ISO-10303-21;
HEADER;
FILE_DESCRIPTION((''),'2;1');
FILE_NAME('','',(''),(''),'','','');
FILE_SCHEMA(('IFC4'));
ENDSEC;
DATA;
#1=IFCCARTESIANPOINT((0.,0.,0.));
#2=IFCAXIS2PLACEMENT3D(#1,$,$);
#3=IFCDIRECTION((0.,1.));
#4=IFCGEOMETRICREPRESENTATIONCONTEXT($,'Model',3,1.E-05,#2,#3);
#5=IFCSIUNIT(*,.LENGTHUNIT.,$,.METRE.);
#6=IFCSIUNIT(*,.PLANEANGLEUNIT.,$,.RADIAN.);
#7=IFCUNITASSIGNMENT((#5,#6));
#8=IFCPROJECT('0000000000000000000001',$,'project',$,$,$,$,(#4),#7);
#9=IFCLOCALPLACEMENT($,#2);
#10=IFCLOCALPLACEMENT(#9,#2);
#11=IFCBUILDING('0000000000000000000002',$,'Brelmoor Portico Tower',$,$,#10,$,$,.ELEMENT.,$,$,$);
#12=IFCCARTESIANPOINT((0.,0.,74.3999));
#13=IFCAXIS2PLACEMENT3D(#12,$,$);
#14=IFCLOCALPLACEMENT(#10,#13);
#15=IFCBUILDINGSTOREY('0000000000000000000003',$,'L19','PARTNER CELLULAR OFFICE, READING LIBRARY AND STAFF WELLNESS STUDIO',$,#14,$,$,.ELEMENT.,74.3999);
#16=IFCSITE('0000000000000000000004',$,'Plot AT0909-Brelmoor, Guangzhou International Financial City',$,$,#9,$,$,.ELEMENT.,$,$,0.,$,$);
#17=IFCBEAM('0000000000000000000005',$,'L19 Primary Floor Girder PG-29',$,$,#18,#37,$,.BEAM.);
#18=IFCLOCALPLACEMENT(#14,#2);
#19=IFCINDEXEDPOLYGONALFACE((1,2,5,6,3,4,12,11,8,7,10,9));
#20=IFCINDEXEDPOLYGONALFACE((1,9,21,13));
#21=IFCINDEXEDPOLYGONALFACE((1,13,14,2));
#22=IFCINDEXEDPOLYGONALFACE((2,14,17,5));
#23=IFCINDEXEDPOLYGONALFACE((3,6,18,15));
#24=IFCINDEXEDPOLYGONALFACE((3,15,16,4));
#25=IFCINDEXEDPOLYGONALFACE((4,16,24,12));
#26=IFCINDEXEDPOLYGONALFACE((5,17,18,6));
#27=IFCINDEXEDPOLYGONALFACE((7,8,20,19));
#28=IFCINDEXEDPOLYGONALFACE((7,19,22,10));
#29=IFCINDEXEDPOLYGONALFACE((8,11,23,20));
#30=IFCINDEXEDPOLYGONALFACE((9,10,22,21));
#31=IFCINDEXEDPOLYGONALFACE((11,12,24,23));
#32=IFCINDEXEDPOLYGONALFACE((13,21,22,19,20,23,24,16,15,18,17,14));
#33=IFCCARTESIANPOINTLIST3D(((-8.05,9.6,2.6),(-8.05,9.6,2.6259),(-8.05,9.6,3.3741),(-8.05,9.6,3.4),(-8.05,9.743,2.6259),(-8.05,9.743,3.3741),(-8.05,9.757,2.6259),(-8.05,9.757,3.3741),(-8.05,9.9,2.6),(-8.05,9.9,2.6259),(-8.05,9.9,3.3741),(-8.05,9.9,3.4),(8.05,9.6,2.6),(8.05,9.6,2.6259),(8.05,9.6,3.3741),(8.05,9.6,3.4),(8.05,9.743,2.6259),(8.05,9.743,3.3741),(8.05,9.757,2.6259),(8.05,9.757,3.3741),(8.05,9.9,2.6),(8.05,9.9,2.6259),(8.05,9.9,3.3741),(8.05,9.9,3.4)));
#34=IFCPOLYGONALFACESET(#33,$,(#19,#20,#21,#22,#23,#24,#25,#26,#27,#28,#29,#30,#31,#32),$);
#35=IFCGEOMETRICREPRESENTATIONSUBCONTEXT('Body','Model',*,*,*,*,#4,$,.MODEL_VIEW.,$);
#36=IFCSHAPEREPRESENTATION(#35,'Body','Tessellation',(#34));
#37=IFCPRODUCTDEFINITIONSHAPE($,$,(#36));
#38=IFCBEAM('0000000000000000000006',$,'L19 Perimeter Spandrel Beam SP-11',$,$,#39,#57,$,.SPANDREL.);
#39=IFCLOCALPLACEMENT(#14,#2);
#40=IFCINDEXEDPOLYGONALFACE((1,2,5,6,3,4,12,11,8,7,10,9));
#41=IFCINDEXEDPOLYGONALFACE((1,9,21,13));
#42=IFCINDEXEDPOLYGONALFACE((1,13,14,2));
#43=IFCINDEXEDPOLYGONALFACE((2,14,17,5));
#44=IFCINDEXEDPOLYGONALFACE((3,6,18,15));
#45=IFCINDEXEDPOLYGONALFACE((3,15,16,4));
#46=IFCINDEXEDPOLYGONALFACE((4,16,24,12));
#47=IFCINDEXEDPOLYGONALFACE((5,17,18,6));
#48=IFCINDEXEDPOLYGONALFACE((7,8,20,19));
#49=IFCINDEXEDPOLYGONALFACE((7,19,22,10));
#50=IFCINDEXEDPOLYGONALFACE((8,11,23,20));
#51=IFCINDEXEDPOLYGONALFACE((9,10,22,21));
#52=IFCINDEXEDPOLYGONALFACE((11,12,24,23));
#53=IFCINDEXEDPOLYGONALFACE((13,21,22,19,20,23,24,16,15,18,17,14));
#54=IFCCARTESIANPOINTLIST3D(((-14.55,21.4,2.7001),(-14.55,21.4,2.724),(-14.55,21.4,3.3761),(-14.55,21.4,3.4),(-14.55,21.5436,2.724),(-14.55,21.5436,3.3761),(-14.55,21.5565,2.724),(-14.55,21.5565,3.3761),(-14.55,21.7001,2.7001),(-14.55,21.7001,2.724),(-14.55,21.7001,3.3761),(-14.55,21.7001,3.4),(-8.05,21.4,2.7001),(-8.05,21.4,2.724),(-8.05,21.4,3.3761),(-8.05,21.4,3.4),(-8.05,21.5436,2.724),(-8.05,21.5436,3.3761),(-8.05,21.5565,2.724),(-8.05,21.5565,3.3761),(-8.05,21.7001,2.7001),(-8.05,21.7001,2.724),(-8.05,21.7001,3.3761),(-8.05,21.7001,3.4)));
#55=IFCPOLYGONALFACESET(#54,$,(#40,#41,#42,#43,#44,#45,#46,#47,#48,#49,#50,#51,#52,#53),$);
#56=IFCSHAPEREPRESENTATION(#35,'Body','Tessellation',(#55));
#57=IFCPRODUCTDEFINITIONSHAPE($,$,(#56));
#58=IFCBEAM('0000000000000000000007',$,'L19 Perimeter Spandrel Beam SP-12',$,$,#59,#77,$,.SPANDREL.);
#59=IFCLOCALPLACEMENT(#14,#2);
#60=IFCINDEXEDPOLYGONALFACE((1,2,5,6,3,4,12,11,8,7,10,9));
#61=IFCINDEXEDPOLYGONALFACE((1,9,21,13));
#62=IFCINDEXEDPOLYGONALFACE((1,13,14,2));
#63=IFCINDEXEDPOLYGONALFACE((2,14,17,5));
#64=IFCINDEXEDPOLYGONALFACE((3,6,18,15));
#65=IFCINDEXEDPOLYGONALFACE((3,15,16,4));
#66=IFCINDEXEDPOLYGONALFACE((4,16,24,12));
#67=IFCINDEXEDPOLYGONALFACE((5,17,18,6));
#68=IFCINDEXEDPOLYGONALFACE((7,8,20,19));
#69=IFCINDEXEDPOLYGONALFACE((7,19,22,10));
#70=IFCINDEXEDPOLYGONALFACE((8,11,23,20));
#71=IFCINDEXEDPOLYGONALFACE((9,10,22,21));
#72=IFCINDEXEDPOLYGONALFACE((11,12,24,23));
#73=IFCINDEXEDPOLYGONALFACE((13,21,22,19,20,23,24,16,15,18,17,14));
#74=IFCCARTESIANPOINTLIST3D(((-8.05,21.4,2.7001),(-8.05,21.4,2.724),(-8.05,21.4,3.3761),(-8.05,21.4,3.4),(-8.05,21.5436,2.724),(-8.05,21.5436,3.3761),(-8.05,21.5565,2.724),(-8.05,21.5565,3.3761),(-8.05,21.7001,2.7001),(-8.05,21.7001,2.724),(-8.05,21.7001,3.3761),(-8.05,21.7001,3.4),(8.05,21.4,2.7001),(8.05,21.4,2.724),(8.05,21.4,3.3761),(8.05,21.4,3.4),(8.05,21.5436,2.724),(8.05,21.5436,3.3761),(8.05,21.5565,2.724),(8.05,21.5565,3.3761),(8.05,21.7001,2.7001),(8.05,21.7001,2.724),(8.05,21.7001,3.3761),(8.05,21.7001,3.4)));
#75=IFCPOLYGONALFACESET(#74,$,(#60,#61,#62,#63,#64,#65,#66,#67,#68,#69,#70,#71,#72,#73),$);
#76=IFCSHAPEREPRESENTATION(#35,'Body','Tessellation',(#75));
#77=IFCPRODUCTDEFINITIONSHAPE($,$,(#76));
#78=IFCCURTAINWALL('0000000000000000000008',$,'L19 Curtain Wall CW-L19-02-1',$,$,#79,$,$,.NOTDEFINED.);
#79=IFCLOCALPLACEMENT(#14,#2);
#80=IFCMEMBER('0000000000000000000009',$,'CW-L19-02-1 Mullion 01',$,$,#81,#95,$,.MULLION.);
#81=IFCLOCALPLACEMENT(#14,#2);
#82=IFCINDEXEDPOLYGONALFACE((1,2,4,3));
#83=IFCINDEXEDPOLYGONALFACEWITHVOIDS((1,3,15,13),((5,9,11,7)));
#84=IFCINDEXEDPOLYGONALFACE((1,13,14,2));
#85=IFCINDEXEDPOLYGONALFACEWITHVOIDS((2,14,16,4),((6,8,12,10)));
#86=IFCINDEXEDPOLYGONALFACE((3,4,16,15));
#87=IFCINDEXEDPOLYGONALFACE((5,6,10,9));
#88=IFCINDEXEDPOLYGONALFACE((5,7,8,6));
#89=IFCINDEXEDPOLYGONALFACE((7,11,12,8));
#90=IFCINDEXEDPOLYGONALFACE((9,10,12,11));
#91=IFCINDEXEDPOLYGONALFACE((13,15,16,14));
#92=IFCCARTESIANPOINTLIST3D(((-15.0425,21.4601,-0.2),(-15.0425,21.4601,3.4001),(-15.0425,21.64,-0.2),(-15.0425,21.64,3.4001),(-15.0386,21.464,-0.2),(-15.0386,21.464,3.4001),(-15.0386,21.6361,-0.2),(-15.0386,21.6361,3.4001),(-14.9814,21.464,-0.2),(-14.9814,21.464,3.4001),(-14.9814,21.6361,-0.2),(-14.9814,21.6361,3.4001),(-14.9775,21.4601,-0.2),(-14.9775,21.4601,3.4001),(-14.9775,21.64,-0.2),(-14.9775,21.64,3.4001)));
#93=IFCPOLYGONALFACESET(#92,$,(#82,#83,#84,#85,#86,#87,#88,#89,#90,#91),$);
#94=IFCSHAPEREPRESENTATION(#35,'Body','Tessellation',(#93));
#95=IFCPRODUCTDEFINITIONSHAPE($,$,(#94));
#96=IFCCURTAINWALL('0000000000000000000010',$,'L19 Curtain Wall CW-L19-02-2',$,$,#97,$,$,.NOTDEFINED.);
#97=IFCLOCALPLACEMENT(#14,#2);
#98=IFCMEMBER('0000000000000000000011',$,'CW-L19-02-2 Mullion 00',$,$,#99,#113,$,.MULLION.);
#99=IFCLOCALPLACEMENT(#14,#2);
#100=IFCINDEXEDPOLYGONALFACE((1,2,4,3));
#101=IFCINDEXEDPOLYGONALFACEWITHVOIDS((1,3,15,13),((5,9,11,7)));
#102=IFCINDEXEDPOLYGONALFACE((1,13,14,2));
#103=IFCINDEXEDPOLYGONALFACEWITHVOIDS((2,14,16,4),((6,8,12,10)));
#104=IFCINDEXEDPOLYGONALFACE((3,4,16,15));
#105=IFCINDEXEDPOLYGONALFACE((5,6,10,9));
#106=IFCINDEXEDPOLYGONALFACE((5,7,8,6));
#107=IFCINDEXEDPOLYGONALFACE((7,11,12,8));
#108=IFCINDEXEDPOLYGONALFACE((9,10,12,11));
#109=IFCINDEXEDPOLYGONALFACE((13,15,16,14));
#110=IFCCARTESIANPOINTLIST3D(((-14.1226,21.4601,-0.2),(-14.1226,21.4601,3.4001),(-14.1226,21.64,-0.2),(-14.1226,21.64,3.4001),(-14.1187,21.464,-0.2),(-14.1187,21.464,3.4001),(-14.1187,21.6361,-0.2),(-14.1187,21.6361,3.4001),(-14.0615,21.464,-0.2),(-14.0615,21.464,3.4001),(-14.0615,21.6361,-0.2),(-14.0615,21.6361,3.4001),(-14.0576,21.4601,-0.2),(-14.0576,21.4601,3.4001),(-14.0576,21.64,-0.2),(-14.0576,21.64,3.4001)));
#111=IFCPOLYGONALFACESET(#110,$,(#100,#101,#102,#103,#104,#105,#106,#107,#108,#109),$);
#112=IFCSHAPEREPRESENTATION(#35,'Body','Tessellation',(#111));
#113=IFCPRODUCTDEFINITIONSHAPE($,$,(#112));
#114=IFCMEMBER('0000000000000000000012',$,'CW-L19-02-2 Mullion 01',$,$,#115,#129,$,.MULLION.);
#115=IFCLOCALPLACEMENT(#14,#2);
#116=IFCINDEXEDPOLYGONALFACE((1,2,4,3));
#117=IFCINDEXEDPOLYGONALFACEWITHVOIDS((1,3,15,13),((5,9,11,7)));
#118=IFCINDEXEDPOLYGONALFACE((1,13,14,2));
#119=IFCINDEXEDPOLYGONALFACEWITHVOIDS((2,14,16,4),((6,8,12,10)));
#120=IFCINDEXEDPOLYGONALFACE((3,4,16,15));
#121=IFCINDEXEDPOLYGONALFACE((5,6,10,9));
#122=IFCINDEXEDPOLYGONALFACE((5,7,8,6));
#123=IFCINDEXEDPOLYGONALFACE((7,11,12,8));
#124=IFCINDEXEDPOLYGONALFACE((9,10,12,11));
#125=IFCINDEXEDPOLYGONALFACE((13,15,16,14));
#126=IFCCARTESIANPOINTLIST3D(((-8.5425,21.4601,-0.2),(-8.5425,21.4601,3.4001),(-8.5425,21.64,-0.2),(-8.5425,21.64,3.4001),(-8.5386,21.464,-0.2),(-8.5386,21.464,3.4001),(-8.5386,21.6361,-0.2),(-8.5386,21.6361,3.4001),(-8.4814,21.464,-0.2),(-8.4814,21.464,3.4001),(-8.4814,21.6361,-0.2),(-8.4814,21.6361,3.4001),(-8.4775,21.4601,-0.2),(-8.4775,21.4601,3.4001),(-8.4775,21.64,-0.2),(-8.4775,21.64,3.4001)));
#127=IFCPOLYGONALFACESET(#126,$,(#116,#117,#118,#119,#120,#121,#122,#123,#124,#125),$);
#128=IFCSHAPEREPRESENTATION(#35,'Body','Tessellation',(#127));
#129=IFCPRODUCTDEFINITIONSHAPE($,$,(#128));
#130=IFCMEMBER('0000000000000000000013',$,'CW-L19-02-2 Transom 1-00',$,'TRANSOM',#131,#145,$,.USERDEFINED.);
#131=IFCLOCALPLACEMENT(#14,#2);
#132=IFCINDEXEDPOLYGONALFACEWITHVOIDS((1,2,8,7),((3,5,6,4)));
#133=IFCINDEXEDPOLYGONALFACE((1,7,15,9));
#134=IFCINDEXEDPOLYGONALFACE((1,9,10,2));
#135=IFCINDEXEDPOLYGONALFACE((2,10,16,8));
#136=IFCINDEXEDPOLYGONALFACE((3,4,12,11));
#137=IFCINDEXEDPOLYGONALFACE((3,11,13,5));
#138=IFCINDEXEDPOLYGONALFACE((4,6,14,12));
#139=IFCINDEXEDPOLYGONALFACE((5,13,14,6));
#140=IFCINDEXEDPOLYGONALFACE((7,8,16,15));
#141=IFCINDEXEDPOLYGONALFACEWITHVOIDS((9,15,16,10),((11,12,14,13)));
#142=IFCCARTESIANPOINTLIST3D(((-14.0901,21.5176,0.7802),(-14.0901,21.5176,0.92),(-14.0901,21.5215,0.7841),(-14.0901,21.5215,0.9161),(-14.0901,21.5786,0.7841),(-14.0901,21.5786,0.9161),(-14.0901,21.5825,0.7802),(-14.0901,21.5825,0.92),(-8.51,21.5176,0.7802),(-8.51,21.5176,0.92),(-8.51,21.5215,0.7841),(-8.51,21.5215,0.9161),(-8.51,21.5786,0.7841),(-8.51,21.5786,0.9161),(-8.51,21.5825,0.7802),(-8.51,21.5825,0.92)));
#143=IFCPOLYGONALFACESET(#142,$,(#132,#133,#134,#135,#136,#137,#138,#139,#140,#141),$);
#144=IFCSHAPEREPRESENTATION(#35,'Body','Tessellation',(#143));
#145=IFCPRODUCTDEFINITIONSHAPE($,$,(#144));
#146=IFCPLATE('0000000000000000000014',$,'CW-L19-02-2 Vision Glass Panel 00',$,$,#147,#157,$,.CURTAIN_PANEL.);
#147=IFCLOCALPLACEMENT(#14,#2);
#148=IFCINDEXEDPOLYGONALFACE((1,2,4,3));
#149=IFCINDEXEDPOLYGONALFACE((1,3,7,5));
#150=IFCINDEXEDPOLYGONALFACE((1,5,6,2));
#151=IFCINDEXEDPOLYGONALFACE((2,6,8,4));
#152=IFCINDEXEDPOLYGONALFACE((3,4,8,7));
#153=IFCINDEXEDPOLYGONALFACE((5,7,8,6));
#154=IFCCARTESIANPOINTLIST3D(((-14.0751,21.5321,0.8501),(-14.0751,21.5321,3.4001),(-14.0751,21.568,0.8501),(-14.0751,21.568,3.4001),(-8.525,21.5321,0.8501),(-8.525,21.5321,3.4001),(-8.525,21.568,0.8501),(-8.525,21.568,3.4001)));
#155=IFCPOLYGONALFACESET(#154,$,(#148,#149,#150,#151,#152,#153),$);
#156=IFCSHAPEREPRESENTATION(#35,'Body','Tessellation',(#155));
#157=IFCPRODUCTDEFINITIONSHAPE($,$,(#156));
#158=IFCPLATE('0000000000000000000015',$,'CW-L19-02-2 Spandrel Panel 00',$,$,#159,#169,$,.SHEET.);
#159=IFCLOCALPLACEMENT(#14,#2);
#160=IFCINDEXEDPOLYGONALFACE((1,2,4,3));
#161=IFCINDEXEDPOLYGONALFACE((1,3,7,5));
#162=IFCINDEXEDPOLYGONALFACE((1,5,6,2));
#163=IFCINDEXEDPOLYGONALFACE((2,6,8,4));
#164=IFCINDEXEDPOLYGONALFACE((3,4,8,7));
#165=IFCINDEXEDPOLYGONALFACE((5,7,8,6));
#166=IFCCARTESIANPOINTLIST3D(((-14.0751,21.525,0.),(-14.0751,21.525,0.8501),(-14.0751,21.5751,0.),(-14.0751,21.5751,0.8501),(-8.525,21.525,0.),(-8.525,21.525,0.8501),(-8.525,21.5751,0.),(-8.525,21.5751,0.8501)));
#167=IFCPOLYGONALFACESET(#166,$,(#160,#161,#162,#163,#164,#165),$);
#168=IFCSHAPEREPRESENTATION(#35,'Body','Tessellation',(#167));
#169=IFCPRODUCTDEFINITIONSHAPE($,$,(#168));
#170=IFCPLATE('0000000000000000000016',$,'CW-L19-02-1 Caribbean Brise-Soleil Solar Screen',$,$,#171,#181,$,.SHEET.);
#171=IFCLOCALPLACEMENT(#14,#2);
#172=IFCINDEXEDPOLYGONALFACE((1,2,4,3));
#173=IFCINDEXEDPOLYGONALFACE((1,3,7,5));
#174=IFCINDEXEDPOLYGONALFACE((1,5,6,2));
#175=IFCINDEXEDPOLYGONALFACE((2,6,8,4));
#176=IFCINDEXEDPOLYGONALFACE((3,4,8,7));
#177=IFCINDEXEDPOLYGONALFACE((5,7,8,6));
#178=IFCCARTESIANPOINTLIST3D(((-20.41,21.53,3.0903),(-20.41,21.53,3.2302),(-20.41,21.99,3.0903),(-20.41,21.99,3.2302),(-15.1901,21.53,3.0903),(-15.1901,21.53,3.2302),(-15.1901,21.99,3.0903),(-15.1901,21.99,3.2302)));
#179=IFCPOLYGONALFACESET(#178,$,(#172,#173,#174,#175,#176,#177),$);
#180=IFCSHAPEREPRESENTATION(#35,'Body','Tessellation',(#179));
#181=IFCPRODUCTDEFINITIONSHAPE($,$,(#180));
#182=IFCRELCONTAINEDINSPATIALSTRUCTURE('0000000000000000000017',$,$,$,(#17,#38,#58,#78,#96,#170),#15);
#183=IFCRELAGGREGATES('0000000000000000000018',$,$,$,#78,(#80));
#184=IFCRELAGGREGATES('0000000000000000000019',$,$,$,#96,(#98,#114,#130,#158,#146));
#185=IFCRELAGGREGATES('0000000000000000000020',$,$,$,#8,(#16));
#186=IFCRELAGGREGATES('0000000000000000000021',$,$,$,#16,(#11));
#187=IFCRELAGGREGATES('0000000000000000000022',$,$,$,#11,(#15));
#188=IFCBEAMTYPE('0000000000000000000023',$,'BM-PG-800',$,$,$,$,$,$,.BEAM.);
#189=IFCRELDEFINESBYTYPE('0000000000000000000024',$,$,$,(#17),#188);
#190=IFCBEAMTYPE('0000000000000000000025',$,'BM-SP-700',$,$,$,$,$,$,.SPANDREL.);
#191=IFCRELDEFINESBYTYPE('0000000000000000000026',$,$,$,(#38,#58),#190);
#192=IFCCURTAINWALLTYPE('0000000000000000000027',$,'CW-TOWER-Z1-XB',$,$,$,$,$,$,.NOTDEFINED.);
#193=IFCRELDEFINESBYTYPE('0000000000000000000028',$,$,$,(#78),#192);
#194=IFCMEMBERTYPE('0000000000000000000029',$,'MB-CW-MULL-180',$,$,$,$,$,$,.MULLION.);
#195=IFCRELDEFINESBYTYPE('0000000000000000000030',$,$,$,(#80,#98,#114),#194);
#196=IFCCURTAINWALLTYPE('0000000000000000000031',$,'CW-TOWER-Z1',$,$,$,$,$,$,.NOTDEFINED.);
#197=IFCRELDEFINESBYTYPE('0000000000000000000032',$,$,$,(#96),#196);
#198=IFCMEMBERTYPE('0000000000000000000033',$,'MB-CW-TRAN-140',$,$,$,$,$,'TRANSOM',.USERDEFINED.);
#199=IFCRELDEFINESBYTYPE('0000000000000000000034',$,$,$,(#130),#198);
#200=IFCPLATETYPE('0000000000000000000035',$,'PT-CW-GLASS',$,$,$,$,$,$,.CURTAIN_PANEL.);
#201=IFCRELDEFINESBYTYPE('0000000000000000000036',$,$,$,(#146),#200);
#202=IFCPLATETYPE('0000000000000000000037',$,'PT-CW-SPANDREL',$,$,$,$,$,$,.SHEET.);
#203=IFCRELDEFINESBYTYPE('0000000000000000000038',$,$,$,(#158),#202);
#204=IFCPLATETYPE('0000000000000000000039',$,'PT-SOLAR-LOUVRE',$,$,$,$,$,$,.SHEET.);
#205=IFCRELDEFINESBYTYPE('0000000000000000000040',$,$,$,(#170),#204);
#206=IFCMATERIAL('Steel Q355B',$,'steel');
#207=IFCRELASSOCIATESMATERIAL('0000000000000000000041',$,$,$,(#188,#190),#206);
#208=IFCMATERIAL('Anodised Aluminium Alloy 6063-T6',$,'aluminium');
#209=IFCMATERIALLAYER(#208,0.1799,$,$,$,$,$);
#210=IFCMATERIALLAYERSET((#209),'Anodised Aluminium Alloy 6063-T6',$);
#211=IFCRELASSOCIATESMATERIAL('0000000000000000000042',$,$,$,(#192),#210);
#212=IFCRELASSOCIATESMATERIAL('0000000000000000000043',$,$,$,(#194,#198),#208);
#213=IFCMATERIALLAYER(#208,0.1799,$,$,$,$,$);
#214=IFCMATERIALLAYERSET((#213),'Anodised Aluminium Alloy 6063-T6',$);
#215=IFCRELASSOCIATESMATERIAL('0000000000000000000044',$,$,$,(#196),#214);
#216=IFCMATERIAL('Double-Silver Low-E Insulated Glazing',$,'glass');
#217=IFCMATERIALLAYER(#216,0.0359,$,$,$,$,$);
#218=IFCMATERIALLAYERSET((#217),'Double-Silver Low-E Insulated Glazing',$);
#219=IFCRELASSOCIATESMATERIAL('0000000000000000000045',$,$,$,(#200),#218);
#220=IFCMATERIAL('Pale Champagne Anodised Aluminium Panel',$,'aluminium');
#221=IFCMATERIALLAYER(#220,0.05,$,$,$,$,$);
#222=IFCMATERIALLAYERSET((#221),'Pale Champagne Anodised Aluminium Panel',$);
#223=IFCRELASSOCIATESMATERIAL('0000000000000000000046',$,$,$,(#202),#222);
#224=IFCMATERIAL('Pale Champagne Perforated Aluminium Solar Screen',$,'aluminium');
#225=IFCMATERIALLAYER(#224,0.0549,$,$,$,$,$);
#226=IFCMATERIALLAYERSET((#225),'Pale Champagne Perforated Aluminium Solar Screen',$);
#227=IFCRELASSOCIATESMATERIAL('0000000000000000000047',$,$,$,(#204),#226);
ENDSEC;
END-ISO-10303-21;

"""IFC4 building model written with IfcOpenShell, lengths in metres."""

from ifc_helpers import new_model, si_unit, direction, frame, origin, origin_2d, place, context, subcontext, project, spatial, rectangle, hollow_rectangle, i_section, extrude, material, layer, layer_set, material_profile, profile_set, type_object, element, aggregate, save


model = new_model("IFC4")

# Units and contexts
model_context = context("Model", 3, precision=1e-05, world=origin(), true_north=direction((0.0, 1.0)))
body_context = subcontext(model_context, "Body", "Model", "MODEL_VIEW")
ifc_project = project(units=[si_unit("LENGTHUNIT", "METRE"), si_unit("PLANEANGLEUNIT", "RADIAN")], contexts=[model_context])

# Site, building, storey
site_placement = place(None, origin())
site = spatial("IfcSite", under=ifc_project, at=site_placement, Name="Plot AT0909-Brelmoor, Guangzhou International Financial City", CompositionType="ELEMENT", RefElevation=0.0)
building_placement = place(site_placement, origin())
building = spatial("IfcBuilding", under=site, at=building_placement, Name="Brelmoor Portico Tower", CompositionType="ELEMENT")
storey_placement = place(building_placement, frame((0.0, 0.0, 74.3999)))
storey = spatial("IfcBuildingStorey", under=building, at=storey_placement, Name="L19", Description="PARTNER CELLULAR OFFICE, READING LIBRARY AND STAFF WELLNESS STUDIO", CompositionType="ELEMENT", Elevation=74.3999)

# Shared definitions
ifc_material_1 = material(Name="Steel Q355B", Category="steel")

# Beams
ifc_material_profile_1 = material_profile(ifc_material_1, i_section(OverallWidth=0.3, OverallDepth=0.8, WebThickness=0.0139, FlangeThickness=0.0259, at=origin_2d()), Name="HN 800x300x14x26")
ifc_profile_set_1 = profile_set([ifc_material_profile_1], Name="Steel Q355B")
beam_type_1 = type_object("IfcBeamType", Name="BM-PG-800", PredefinedType="BEAM", material=ifc_profile_set_1)
beam_1_placement = place(storey_placement, frame((-8.05, 9.75, 3.0), z_axis=(1.0, 0.0, 0.0), x_axis=(0.0, 1.0, 0.0)))
element("IfcBeam", 1, at=beam_1_placement, inside=storey, type_object=beam_type_1, Name="L19 Primary Floor Girder PG-29", PredefinedType="BEAM", context=body_context, shape_type="SweptSolid", body=[
    extrude(i_section(OverallWidth=0.3, OverallDepth=0.8, WebThickness=0.0139, FlangeThickness=0.0259, at=origin_2d()), origin(), (0.0, 0.0, 1.0), 16.1001),
])
ifc_material_profile_2 = material_profile(ifc_material_1, i_section(OverallWidth=0.3, OverallDepth=0.7, WebThickness=0.0129, FlangeThickness=0.0239, at=origin_2d()), Name="HN 700x300x13x24")
ifc_profile_set_2 = profile_set([ifc_material_profile_2], Name="Steel Q355B")
beam_type_2 = type_object("IfcBeamType", Name="BM-SP-700", PredefinedType="SPANDREL", material=ifc_profile_set_2)
beam_2_placement = place(storey_placement, frame((-14.55, 21.55, 3.05), z_axis=(1.0, 0.0, 0.0), x_axis=(0.0, 1.0, 0.0)))
element("IfcBeam", 2, at=beam_2_placement, inside=storey, type_object=beam_type_2, Name="L19 Perimeter Spandrel Beam SP-11", PredefinedType="SPANDREL", context=body_context, shape_type="SweptSolid", body=[
    extrude(i_section(OverallWidth=0.3, OverallDepth=0.7, WebThickness=0.0129, FlangeThickness=0.0239, at=origin_2d()), origin(), (0.0, 0.0, 1.0), 6.5),
])
beam_3_placement = place(storey_placement, frame((-8.05, 21.55, 3.05), z_axis=(1.0, 0.0, 0.0), x_axis=(0.0, 1.0, 0.0)))
element("IfcBeam", 3, at=beam_3_placement, inside=storey, type_object=beam_type_2, Name="L19 Perimeter Spandrel Beam SP-12", PredefinedType="SPANDREL", context=body_context, shape_type="SweptSolid", body=[
    extrude(i_section(OverallWidth=0.3, OverallDepth=0.7, WebThickness=0.0129, FlangeThickness=0.0239, at=origin_2d()), origin(), (0.0, 0.0, 1.0), 16.1001),
])

# Curtain wall, member
ifc_material_2 = material(Name="Anodised Aluminium Alloy 6063-T6", Category="aluminium")
ifc_layer_1 = layer(ifc_material_2, 0.1799)
ifc_layer_set_1 = layer_set([ifc_layer_1], Name="Anodised Aluminium Alloy 6063-T6")
curtain_wall_type_1 = type_object("IfcCurtainWallType", Name="CW-TOWER-Z1-XB", PredefinedType="NOTDEFINED", material=ifc_layer_set_1)
curtain_wall_1_placement = place(storey_placement, origin())
curtain_wall_1 = element("IfcCurtainWall", 4, at=curtain_wall_1_placement, inside=storey, type_object=curtain_wall_type_1, Name="L19 Curtain Wall CW-L19-02-1", PredefinedType="NOTDEFINED")
ifc_material_profile_3 = material_profile(ifc_material_2, hollow_rectangle(XDim=0.0649, YDim=0.1799, WallThickness=0.0039, at=origin_2d()), Name="ALU MULLION 65x180")
ifc_profile_set_3 = profile_set([ifc_material_profile_3], Name="Anodised Aluminium Alloy 6063-T6")
member_type_1 = type_object("IfcMemberType", Name="MB-CW-MULL-180", PredefinedType="MULLION", material=ifc_profile_set_3)
member_1_placement = place(storey_placement, frame((-15.01, 21.55, -0.2), z_axis=(0.0, 0.0, 1.0), x_axis=(1.0, 0.0, 0.0)))
member_1 = element("IfcMember", 5, at=member_1_placement, type_object=member_type_1, Name="CW-L19-02-1 Mullion 01", PredefinedType="MULLION", context=body_context, shape_type="SweptSolid", body=[
    extrude(hollow_rectangle(XDim=0.0649, YDim=0.1799, WallThickness=0.0039, at=origin_2d()), origin(), (0.0, 0.0, 1.0), 3.6001),
])
aggregate(curtain_wall_1, [member_1])

# Curtain wall, members, plates
ifc_layer_2 = layer(ifc_material_2, 0.1799)
ifc_layer_set_2 = layer_set([ifc_layer_2], Name="Anodised Aluminium Alloy 6063-T6")
curtain_wall_type_2 = type_object("IfcCurtainWallType", Name="CW-TOWER-Z1", PredefinedType="NOTDEFINED", material=ifc_layer_set_2)
curtain_wall_2_placement = place(storey_placement, origin())
curtain_wall_2 = element("IfcCurtainWall", 6, at=curtain_wall_2_placement, inside=storey, type_object=curtain_wall_type_2, Name="L19 Curtain Wall CW-L19-02-2", PredefinedType="NOTDEFINED")
member_2_placement = place(storey_placement, frame((-14.0901, 21.55, -0.2), z_axis=(0.0, 0.0, 1.0), x_axis=(1.0, 0.0, 0.0)))
member_2 = element("IfcMember", 7, at=member_2_placement, type_object=member_type_1, Name="CW-L19-02-2 Mullion 00", PredefinedType="MULLION", context=body_context, shape_type="SweptSolid", body=[
    extrude(hollow_rectangle(XDim=0.0649, YDim=0.1799, WallThickness=0.0039, at=origin_2d()), origin(), (0.0, 0.0, 1.0), 3.6001),
])
member_3_placement = place(storey_placement, frame((-8.51, 21.55, -0.2), z_axis=(0.0, 0.0, 1.0), x_axis=(1.0, 0.0, 0.0)))
member_3 = element("IfcMember", 8, at=member_3_placement, type_object=member_type_1, Name="CW-L19-02-2 Mullion 01", PredefinedType="MULLION", context=body_context, shape_type="SweptSolid", body=[
    extrude(hollow_rectangle(XDim=0.0649, YDim=0.1799, WallThickness=0.0039, at=origin_2d()), origin(), (0.0, 0.0, 1.0), 3.6001),
])
ifc_material_profile_4 = material_profile(ifc_material_2, hollow_rectangle(XDim=0.0649, YDim=0.1399, WallThickness=0.0039, at=origin_2d()), Name="ALU TRANSOM 65x140")
ifc_profile_set_4 = profile_set([ifc_material_profile_4], Name="Anodised Aluminium Alloy 6063-T6")
member_type_2 = type_object("IfcMemberType", Name="MB-CW-TRAN-140", ElementType="TRANSOM", PredefinedType="USERDEFINED", material=ifc_profile_set_4)
member_4_placement = place(storey_placement, frame((-14.0901, 21.55, 0.8501), z_axis=(1.0, 0.0, 0.0), x_axis=(0.0, 1.0, 0.0)))
member_4 = element("IfcMember", 9, at=member_4_placement, type_object=member_type_2, Name="CW-L19-02-2 Transom 1-00", ObjectType="TRANSOM", PredefinedType="USERDEFINED", context=body_context, shape_type="SweptSolid", body=[
    extrude(hollow_rectangle(XDim=0.0649, YDim=0.1399, WallThickness=0.0039, at=origin_2d()), origin(), (0.0, 0.0, 1.0), 5.5801),
])
ifc_material_3 = material(Name="Double-Silver Low-E Insulated Glazing", Category="glass")
ifc_layer_3 = layer(ifc_material_3, 0.0359)
ifc_layer_set_3 = layer_set([ifc_layer_3], Name="Double-Silver Low-E Insulated Glazing")
plate_type_1 = type_object("IfcPlateType", Name="PT-CW-GLASS", PredefinedType="CURTAIN_PANEL", material=ifc_layer_set_3)
plate_1_placement = place(storey_placement, frame((-11.3, 21.55, 0.8501), z_axis=(0.0, 0.0, 1.0), x_axis=(1.0, 0.0, 0.0)))
plate_1 = element("IfcPlate", 10, at=plate_1_placement, type_object=plate_type_1, Name="CW-L19-02-2 Vision Glass Panel 00", PredefinedType="CURTAIN_PANEL", context=body_context, shape_type="SweptSolid", body=[
    extrude(rectangle(XDim=5.55, YDim=0.0359, at=origin_2d()), origin(), (0.0, 0.0, 1.0), 2.55),
])
ifc_material_4 = material(Name="Pale Champagne Anodised Aluminium Panel", Category="aluminium")
ifc_layer_4 = layer(ifc_material_4, 0.05)
ifc_layer_set_4 = layer_set([ifc_layer_4], Name="Pale Champagne Anodised Aluminium Panel")
plate_type_2 = type_object("IfcPlateType", Name="PT-CW-SPANDREL", PredefinedType="SHEET", material=ifc_layer_set_4)
plate_2_placement = place(storey_placement, frame((-11.3, 21.55, 0.0), z_axis=(0.0, 0.0, 1.0), x_axis=(1.0, 0.0, 0.0)))
plate_2 = element("IfcPlate", 11, at=plate_2_placement, type_object=plate_type_2, Name="CW-L19-02-2 Spandrel Panel 00", PredefinedType="SHEET", context=body_context, shape_type="SweptSolid", body=[
    extrude(rectangle(XDim=5.55, YDim=0.05, at=origin_2d()), origin(), (0.0, 0.0, 1.0), 0.8501),
])
aggregate(curtain_wall_2, [member_2, member_3, member_4, plate_2, plate_1])

# Plate
ifc_material_5 = material(Name="Pale Champagne Perforated Aluminium Solar Screen", Category="aluminium")
ifc_layer_5 = layer(ifc_material_5, 0.0549)
ifc_layer_set_5 = layer_set([ifc_layer_5], Name="Pale Champagne Perforated Aluminium Solar Screen")
plate_type_3 = type_object("IfcPlateType", Name="PT-SOLAR-LOUVRE", PredefinedType="SHEET", material=ifc_layer_set_5)
for number, where, z_axis, x_axis, name in (
    (12, (-17.8, 21.76, 3.0903), (0.0, 0.0, 1.0), (1.0, 0.0, 0.0), "CW-L19-02-1 Caribbean Brise-Soleil Solar Screen"),
):
    element("IfcPlate", number, at=place(storey_placement, frame(where, z_axis=z_axis, x_axis=x_axis)), inside=storey, type_object=plate_type_3, Name=name, PredefinedType="SHEET", context=body_context, shape_type="SweptSolid", body=[
        extrude(rectangle(XDim=5.22, YDim=0.46, at=origin_2d()), origin(), (0.0, 0.0, 1.0), 0.1399),
    ])

save(model, "model.ifc")
